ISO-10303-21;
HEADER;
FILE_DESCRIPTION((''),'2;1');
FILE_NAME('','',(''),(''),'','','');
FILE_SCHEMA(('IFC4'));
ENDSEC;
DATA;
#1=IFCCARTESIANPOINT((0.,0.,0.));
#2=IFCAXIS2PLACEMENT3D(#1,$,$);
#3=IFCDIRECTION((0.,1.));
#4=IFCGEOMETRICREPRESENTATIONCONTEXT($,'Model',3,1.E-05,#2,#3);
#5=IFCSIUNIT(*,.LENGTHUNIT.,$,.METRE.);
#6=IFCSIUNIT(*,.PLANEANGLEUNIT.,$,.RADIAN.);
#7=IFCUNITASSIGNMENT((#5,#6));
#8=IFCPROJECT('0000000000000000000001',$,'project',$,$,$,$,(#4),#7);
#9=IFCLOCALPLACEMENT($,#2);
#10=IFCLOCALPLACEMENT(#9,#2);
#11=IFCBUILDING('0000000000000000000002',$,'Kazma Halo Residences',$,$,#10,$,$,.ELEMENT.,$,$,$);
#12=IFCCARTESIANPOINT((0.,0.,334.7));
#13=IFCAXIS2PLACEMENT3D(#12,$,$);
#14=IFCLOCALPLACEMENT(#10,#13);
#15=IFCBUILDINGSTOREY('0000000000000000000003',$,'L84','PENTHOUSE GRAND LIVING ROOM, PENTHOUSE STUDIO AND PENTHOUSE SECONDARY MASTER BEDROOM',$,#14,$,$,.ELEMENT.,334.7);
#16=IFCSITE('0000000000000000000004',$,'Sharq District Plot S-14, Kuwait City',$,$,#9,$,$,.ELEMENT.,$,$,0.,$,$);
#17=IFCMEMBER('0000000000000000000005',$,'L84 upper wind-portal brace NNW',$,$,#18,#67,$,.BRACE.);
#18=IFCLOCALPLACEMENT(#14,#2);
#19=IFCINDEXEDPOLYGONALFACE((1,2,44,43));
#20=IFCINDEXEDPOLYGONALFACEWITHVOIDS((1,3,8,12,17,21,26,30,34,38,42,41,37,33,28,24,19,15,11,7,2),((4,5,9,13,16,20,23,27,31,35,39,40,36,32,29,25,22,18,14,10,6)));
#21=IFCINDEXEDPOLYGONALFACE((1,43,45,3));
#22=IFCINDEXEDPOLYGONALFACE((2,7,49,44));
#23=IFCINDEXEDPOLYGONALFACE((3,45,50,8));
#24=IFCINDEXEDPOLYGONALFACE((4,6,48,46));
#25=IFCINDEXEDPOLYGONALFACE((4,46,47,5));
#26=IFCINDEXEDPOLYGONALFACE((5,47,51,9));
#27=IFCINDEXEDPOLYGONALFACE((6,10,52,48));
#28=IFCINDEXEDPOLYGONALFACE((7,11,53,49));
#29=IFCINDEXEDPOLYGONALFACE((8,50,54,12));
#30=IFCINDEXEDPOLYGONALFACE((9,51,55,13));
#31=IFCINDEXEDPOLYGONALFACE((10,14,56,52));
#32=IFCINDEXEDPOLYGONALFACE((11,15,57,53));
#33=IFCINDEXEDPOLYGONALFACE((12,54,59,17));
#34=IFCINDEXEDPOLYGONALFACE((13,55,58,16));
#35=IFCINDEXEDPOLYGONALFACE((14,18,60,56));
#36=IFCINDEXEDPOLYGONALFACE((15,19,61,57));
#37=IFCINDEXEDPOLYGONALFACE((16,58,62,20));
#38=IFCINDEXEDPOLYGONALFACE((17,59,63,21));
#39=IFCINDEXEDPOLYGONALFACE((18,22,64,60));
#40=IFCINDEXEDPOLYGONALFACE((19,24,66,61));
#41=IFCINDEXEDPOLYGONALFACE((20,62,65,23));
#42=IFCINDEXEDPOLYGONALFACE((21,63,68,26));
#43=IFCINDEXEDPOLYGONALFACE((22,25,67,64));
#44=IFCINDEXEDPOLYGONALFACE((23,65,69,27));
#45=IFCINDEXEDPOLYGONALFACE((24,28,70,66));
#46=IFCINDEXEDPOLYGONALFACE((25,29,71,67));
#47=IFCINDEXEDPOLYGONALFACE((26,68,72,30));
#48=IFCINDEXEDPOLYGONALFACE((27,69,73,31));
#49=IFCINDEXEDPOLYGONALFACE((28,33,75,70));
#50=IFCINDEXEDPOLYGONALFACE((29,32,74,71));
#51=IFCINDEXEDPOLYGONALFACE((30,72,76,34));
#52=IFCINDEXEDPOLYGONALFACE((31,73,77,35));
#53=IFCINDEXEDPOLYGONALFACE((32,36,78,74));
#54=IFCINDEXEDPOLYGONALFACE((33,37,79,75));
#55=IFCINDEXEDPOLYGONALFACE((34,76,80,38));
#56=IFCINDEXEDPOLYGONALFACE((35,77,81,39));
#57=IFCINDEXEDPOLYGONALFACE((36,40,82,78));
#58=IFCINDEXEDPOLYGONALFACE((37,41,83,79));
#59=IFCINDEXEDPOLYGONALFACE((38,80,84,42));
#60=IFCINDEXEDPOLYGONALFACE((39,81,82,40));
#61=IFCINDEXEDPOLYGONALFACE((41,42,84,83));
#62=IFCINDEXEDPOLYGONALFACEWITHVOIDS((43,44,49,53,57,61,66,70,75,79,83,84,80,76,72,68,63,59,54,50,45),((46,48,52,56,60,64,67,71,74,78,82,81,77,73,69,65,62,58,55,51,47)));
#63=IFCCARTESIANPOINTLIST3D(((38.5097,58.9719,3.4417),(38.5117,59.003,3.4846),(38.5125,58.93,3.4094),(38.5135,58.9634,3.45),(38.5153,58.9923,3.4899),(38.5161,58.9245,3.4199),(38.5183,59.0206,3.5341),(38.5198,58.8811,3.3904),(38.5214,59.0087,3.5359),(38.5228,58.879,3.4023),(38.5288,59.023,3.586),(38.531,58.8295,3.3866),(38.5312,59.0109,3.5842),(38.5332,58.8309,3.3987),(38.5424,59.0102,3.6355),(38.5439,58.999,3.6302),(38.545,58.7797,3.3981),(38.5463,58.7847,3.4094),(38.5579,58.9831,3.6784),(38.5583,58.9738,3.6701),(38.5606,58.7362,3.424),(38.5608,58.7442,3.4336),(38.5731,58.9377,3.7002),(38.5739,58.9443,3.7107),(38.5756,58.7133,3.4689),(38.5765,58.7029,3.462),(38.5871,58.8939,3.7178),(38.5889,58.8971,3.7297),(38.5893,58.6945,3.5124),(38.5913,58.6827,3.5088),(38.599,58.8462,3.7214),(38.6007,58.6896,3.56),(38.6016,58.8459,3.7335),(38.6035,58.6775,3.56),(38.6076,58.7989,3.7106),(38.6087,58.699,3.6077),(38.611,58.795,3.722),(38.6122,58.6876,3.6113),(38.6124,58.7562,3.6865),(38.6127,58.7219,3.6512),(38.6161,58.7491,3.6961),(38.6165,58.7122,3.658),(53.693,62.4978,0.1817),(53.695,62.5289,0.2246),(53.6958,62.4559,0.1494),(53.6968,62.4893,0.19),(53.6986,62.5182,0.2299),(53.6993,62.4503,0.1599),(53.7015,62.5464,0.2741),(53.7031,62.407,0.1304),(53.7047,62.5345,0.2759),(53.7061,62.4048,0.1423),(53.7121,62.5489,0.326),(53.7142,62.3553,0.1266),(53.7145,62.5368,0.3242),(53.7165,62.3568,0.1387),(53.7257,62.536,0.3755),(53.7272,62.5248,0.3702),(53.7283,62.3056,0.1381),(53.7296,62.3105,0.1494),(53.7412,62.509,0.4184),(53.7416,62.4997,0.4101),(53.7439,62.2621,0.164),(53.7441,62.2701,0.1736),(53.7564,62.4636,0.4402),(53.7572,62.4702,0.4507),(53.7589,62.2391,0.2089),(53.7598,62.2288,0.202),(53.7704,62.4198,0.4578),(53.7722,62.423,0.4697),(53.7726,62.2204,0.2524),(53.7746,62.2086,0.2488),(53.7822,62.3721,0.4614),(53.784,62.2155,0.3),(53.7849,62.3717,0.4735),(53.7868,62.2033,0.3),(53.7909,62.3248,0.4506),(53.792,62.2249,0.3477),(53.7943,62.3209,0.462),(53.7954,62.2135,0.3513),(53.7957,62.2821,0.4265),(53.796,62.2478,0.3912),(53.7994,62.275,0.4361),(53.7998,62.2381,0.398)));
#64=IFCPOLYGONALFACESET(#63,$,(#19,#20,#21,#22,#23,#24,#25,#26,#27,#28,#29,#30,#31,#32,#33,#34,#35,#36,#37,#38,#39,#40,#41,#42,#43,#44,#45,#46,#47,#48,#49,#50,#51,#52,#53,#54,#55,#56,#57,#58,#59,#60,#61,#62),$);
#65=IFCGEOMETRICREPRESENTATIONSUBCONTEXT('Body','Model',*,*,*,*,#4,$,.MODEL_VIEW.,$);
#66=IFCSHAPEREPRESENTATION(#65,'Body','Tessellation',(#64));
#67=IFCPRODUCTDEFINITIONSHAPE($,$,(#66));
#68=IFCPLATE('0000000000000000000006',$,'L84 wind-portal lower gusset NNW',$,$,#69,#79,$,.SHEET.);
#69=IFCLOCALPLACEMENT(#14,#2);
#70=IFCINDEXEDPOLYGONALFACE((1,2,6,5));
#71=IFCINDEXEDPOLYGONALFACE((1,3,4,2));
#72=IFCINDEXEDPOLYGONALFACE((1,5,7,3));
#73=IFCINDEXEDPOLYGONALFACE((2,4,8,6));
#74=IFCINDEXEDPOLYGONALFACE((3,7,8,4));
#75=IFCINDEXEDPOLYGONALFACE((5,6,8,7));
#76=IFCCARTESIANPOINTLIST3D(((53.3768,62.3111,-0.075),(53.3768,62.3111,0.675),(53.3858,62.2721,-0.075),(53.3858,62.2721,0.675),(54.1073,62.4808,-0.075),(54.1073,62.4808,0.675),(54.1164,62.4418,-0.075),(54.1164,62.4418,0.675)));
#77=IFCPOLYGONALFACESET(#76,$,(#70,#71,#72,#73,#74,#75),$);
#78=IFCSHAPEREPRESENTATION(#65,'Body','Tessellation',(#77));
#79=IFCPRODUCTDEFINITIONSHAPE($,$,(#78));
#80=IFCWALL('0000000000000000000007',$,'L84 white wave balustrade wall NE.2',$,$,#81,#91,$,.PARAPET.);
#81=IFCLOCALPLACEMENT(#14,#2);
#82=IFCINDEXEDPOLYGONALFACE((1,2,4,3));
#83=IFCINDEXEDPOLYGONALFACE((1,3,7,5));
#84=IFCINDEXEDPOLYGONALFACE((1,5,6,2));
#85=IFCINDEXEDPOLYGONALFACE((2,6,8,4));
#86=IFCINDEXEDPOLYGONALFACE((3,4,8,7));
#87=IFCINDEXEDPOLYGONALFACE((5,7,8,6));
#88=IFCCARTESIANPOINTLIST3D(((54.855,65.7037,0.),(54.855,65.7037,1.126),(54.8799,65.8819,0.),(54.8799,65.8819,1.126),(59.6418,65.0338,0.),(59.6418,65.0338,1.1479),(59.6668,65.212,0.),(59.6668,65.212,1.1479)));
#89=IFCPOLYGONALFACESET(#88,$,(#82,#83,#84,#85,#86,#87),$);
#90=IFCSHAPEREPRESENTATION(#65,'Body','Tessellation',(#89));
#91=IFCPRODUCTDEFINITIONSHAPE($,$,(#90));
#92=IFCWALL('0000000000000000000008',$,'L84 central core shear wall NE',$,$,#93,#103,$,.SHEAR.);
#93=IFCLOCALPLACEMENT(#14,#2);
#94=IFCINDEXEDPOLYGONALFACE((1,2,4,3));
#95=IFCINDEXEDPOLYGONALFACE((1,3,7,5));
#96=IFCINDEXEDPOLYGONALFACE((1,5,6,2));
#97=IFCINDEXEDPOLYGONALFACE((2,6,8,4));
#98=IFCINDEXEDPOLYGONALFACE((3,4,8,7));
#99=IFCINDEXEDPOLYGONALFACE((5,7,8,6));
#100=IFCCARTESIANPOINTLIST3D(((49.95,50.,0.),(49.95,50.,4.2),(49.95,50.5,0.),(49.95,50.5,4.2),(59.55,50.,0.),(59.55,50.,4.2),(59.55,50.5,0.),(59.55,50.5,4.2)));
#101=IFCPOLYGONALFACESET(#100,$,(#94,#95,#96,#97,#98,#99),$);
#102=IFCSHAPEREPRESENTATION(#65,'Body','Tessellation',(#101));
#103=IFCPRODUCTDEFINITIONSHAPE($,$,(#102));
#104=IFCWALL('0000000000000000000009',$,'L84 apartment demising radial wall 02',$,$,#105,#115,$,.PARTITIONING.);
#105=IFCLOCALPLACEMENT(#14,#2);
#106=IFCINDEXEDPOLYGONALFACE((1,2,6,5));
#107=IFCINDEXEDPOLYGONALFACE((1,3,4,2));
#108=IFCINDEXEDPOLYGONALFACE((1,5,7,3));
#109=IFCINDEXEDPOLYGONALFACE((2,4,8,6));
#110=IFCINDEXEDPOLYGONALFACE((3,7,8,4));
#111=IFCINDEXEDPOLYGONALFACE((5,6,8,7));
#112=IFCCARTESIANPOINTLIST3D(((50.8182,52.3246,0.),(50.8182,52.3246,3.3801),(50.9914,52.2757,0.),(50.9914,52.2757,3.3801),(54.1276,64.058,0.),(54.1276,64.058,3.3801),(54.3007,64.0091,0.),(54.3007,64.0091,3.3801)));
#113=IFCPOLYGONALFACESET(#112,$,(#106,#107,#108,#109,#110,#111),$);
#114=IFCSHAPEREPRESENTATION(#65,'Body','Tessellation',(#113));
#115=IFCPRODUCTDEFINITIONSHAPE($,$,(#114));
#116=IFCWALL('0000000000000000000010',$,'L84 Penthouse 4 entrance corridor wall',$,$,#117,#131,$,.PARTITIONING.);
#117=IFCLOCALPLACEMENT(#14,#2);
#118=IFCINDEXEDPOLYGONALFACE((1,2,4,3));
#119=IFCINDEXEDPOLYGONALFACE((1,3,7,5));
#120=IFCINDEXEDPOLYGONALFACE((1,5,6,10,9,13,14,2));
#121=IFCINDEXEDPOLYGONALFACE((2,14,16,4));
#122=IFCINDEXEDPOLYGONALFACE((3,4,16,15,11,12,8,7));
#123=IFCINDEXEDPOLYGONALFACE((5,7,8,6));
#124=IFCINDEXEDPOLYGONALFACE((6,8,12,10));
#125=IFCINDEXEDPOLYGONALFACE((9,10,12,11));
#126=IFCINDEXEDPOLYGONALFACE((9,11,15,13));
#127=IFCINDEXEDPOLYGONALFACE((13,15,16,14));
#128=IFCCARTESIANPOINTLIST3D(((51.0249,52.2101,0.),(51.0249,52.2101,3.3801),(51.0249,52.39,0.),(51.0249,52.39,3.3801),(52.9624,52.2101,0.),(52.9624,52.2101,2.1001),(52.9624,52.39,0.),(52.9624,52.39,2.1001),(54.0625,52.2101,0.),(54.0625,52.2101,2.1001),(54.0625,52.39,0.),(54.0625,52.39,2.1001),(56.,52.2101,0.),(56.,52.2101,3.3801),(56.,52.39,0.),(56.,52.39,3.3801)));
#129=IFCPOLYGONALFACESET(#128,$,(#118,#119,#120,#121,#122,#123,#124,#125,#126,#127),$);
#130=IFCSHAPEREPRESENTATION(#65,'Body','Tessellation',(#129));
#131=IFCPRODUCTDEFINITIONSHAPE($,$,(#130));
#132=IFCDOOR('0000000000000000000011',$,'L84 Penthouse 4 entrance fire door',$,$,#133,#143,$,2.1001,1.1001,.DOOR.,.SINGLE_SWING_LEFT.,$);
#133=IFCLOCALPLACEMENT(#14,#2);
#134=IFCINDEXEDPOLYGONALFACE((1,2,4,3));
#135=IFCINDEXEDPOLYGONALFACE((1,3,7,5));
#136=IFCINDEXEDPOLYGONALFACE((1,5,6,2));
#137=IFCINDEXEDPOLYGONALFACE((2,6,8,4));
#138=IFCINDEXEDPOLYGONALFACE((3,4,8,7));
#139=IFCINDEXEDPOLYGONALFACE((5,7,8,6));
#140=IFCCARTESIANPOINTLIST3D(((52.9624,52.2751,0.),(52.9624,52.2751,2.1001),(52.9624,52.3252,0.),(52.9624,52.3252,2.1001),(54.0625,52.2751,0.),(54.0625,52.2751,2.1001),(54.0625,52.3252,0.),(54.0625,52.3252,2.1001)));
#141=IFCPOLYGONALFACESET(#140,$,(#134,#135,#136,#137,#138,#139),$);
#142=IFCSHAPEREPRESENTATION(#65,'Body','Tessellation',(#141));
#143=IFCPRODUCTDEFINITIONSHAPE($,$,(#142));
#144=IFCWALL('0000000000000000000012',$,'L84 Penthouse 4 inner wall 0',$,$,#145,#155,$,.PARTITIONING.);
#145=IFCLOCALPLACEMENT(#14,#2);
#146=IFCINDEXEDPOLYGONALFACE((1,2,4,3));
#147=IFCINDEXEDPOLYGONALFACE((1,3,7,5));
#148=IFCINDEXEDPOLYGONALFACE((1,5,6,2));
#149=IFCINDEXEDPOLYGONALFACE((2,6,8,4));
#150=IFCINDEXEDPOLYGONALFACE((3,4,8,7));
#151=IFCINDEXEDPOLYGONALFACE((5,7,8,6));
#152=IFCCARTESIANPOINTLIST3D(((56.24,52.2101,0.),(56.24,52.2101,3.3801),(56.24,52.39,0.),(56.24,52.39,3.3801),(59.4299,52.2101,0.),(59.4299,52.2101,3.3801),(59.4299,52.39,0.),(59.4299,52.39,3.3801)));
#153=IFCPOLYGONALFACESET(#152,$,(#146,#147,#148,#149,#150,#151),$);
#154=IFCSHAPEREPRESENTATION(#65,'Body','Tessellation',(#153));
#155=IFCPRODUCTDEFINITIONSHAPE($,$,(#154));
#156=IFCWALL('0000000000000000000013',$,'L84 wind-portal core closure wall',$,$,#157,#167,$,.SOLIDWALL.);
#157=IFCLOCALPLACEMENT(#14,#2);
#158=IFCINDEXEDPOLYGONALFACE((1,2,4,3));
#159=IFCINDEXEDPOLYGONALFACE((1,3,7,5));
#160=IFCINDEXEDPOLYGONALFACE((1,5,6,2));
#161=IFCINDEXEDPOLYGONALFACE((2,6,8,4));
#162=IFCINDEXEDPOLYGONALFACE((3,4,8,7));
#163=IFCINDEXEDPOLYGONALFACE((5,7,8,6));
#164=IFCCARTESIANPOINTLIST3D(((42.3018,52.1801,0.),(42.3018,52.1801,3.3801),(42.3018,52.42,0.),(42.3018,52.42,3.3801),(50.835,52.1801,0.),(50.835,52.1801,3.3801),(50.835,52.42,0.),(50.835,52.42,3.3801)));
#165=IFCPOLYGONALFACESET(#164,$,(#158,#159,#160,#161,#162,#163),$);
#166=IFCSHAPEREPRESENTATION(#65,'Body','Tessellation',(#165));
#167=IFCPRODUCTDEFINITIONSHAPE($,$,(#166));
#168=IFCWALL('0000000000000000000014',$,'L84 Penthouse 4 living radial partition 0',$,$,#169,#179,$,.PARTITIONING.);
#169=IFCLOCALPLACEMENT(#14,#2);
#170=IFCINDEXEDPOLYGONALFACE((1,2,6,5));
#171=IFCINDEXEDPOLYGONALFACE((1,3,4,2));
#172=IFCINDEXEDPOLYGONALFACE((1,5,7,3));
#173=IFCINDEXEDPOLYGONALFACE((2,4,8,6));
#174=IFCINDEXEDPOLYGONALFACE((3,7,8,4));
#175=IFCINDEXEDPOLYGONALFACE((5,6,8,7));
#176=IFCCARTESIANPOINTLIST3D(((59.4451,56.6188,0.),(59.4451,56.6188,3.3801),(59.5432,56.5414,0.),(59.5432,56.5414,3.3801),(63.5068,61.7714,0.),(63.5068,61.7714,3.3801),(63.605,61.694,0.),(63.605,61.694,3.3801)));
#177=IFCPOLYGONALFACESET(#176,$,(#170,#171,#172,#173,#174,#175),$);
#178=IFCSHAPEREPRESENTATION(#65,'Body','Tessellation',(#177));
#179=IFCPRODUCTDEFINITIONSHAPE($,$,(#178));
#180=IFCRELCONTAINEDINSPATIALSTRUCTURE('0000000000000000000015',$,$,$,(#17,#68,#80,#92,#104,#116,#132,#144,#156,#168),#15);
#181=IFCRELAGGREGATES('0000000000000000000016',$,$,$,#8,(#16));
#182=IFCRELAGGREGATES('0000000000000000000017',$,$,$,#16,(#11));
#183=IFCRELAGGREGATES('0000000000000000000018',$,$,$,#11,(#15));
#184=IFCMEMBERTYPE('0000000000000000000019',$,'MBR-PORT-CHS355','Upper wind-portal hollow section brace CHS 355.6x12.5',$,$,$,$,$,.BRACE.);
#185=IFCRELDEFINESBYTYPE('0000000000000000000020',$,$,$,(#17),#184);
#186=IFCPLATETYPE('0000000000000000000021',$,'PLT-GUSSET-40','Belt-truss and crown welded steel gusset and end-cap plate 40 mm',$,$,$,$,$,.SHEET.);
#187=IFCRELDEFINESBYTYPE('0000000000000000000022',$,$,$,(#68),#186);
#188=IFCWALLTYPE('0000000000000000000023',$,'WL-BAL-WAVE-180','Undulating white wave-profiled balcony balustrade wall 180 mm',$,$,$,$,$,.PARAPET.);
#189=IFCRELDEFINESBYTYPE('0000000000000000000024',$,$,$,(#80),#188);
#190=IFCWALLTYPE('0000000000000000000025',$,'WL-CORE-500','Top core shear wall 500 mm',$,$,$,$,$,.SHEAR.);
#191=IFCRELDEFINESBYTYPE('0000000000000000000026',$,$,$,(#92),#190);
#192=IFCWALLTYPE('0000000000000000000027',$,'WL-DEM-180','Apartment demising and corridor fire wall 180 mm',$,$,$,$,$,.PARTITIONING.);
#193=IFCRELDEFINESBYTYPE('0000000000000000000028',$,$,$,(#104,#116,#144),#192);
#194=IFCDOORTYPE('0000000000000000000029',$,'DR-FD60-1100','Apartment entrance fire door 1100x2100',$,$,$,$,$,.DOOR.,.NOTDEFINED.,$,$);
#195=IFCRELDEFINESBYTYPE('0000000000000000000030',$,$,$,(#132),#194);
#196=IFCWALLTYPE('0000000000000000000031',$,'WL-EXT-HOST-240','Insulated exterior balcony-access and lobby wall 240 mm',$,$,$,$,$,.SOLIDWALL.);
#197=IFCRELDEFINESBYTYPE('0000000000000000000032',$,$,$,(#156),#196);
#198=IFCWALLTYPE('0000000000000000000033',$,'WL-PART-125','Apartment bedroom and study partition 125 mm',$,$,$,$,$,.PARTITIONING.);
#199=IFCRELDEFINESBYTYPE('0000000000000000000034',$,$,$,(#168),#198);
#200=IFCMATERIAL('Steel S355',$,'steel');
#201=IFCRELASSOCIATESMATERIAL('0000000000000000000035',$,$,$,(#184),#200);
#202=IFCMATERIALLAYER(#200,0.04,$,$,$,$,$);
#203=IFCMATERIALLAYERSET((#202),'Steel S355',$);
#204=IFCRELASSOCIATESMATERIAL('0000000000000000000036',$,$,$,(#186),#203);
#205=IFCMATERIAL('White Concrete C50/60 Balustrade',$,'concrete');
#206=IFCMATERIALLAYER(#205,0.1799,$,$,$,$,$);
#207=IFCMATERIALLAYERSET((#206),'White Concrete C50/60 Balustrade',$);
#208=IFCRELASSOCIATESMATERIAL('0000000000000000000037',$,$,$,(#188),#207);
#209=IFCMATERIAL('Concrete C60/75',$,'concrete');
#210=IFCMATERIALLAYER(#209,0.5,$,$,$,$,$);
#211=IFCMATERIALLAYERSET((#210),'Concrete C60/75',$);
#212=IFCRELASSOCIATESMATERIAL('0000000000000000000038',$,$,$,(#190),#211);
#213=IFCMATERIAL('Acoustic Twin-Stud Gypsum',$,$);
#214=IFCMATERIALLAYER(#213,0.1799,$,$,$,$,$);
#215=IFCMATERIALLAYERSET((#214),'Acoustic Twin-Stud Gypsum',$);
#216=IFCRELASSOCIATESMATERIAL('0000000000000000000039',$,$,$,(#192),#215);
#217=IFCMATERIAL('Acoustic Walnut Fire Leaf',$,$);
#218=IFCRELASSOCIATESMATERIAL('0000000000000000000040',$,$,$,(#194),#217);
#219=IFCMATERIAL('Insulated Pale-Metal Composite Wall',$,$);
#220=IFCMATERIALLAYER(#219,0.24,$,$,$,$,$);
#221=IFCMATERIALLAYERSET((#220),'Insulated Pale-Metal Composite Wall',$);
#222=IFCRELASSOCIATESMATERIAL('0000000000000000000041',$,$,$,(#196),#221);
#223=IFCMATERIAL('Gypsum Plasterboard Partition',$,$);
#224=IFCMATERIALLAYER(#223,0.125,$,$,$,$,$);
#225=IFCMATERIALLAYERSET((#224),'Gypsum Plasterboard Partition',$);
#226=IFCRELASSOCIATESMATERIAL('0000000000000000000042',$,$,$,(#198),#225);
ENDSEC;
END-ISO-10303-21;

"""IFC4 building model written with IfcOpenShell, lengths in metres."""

from ifc_helpers import new_model, si_unit, direction, frame, frame_2d, origin, origin_2d, place, context, subcontext, project, spatial, polyline, rectangle, hollow_circle, outline, extrude, material, layer, layer_set, material_profile, profile_set, type_object, element, fill, save


model = new_model("IFC4")

# Units and contexts
model_context = context("Model", 3, precision=1e-05, world=origin(), true_north=direction((0.0, 1.0)))
body_context = subcontext(model_context, "Body", "Model", "MODEL_VIEW")
ifc_project = project(units=[si_unit("LENGTHUNIT", "METRE"), si_unit("PLANEANGLEUNIT", "RADIAN")], contexts=[model_context])

# Site, building, storey
site_placement = place(None, origin())
site = spatial("IfcSite", under=ifc_project, at=site_placement, Name="Sharq District Plot S-14, Kuwait City", CompositionType="ELEMENT", RefElevation=0.0)
building_placement = place(site_placement, origin())
building = spatial("IfcBuilding", under=site, at=building_placement, Name="Kazma Halo Residences", CompositionType="ELEMENT")
storey_placement = place(building_placement, frame((0.0, 0.0, 334.7)))
storey = spatial("IfcBuildingStorey", under=building, at=storey_placement, Name="L84", Description="PENTHOUSE GRAND LIVING ROOM, PENTHOUSE STUDIO AND PENTHOUSE SECONDARY MASTER BEDROOM", CompositionType="ELEMENT", Elevation=334.7)

# Shared definitions
ifc_material_1 = material(Name="Concrete C60/75", Category="concrete")

# Shared definitions
ifc_material_2 = material(Name="Steel S355", Category="steel")

# Member
ifc_material_profile_1 = material_profile(ifc_material_2, hollow_circle(Radius=0.1777, WallThickness=0.0125, at=origin_2d()), Name="CHS355.6x12.5")
ifc_profile_set_1 = profile_set([ifc_material_profile_1], Name="Steel S355")
member_type = type_object("IfcMemberType", Name="MBR-PORT-CHS355", Description="Upper wind-portal hollow section brace CHS 355.6x12.5", PredefinedType="BRACE", material=ifc_profile_set_1)
member_placement = place(storey_placement, frame((53.7466, 62.3765, 0.3), z_axis=(-0.953451, -0.221411, 0.204715), x_axis=(0.226201, -0.974081, 0.0)))
element("IfcMember", 1, at=member_placement, inside=storey, type_object=member_type, Name="L84 upper wind-portal brace NNW", PredefinedType="BRACE", context=body_context, shape_type="SweptSolid", body=[
    extrude(hollow_circle(Radius=0.1777, WallThickness=0.0125, at=origin_2d()), origin(), (0.0, 0.0, 1.0), 15.9246),
])

# Plate
ifc_layer_1 = layer(ifc_material_2, 0.04)
ifc_layer_set_1 = layer_set([ifc_layer_1], Name="Steel S355")
plate_type = type_object("IfcPlateType", Name="PLT-GUSSET-40", Description="Belt-truss and crown welded steel gusset and end-cap plate 40 mm", PredefinedType="SHEET", material=ifc_layer_set_1)
plate_placement = place(storey_placement, frame((53.7466, 62.3765, -0.075), z_axis=(0.0, 0.0, 1.0), x_axis=(-0.974084, -0.226188, 0.0)))
element("IfcPlate", 2, at=plate_placement, inside=storey, type_object=plate_type, Name="L84 wind-portal lower gusset NNW", PredefinedType="SHEET", context=body_context, shape_type="SweptSolid", body=[
    extrude(rectangle(XDim=0.75, YDim=0.04, at=origin_2d()), origin(), (0.0, 0.0, 1.0), 0.75),
])

# Walls
ifc_material_3 = material(Name="White Concrete C50/60 Balustrade", Category="concrete")
ifc_layer_2 = layer(ifc_material_3, 0.1799)
ifc_layer_set_2 = layer_set([ifc_layer_2], Name="White Concrete C50/60 Balustrade")
wall_type_1 = type_object("IfcWallType", Name="WL-BAL-WAVE-180", Description="Undulating white wave-profiled balcony balustrade wall 180 mm", PredefinedType="PARAPET", material=ifc_layer_set_2)
wall_1_placement = place(storey_placement, frame((59.6543, 65.1228, 0.0), z_axis=(0.0, 0.0, 1.0), x_axis=(-0.990349, 0.138599, 0.0)))
element("IfcWall", 3, at=wall_1_placement, inside=storey, type_object=wall_type_1, Name="L84 white wave balustrade wall NE.2", PredefinedType="PARAPET", context=body_context, shape_type="SweptSolid", body=[
    extrude(outline(polyline([(0.0, 0.0), (4.8335, 0.0), (4.8335, 1.126), (0.0, 1.1479), (0.0, 0.0)])), frame((0.0, 0.0898, 0.0), z_axis=(0.0, -1.0, 0.0), x_axis=(1.0, 0.0, 0.0)), (0.0, 0.0, 1.0), 0.1799),
])
ifc_layer_3 = layer(ifc_material_1, 0.5)
ifc_layer_set_3 = layer_set([ifc_layer_3], Name="Concrete C60/75")
wall_type_2 = type_object("IfcWallType", Name="WL-CORE-500", Description="Top core shear wall 500 mm", PredefinedType="SHEAR", material=ifc_layer_set_3)
wall_2_placement = place(storey_placement, frame((49.95, 50.25, 0.0), z_axis=(0.0, 0.0, 1.0), x_axis=(1.0, 0.0, 0.0)))
element("IfcWall", 4, at=wall_2_placement, inside=storey, type_object=wall_type_2, Name="L84 central core shear wall NE", PredefinedType="SHEAR", context=body_context, shape_type="SweptSolid", body=[
    extrude(rectangle(XDim=9.6001, YDim=0.5, at=frame_2d((4.8, 0.0))), origin(), (0.0, 0.0, 1.0), 4.2),
])
ifc_material_4 = material(Name="Acoustic Twin-Stud Gypsum")
ifc_layer_4 = layer(ifc_material_4, 0.1799)
ifc_layer_set_4 = layer_set([ifc_layer_4], Name="Acoustic Twin-Stud Gypsum")
wall_type_3 = type_object("IfcWallType", Name="WL-DEM-180", Description="Apartment demising and corridor fire wall 180 mm", PredefinedType="PARTITIONING", material=ifc_layer_set_4)
wall_3_placement = place(storey_placement, frame((50.9048, 52.3, 0.0), z_axis=(0.0, 0.0, 1.0), x_axis=(0.271453, 0.962452, 0.0)))
element("IfcWall", 5, at=wall_3_placement, inside=storey, type_object=wall_type_3, Name="L84 apartment demising radial wall 02", PredefinedType="PARTITIONING", context=body_context, shape_type="SweptSolid", body=[
    extrude(rectangle(XDim=12.1912, YDim=0.1799, at=frame_2d((6.0957, 0.0))), origin(), (0.0, 0.0, 1.0), 3.3801),
])

# Wall, opening, door
wall_4_placement = place(storey_placement, frame((56.0, 52.3, 0.0), z_axis=(0.0, 0.0, 1.0), x_axis=(-1.0, 0.0, 0.0)))
wall_4 = element("IfcWall", 6, at=wall_4_placement, inside=storey, type_object=wall_type_3, Name="L84 Penthouse 4 entrance corridor wall", PredefinedType="PARTITIONING", context=body_context, shape_type="SweptSolid", body=[
    extrude(rectangle(XDim=4.9751, YDim=0.1799, at=frame_2d((2.4875, 0.0))), origin(), (0.0, 0.0, 1.0), 3.3801),
])
opening_1_placement = place(wall_4_placement, frame((1.9375, 0.0, 0.0)))
opening_1 = element("IfcOpeningElement", 7, at=opening_1_placement, cuts=wall_4, PredefinedType="OPENING", context=body_context, shape_type="SweptSolid", body=[
    extrude(rectangle(XDim=1.1001, YDim=2.1001, at=frame_2d((0.55, 1.05))), frame((0.0, 0.0999, 0.0), z_axis=(0.0, -1.0, 0.0), x_axis=(1.0, 0.0, 0.0)), (0.0, 0.0, 1.0), 0.2),
])
ifc_material_5 = material(Name="Acoustic Walnut Fire Leaf")
door_type_1 = type_object("IfcDoorType", Name="DR-FD60-1100", Description="Apartment entrance fire door 1100x2100", OperationType="NOTDEFINED", PredefinedType="DOOR", material=ifc_material_5)
door_1_placement = place(opening_1_placement, origin())
door_1 = element("IfcDoor", 8, at=door_1_placement, inside=storey, type_object=door_type_1, Name="L84 Penthouse 4 entrance fire door", OperationType="SINGLE_SWING_LEFT", OverallHeight=2.1001, OverallWidth=1.1001, PredefinedType="DOOR", context=body_context, shape_type="SweptSolid", body=[
    extrude(rectangle(XDim=1.1001, YDim=2.1001, at=frame_2d((0.55, 1.05))), frame((0.0, 0.0249, 0.0), z_axis=(0.0, -1.0, 0.0), x_axis=(1.0, 0.0, 0.0)), (0.0, 0.0, 1.0), 0.05),
])
fill(opening_1, door_1)

# Walls
wall_5_placement = place(storey_placement, frame((59.4299, 52.3, 0.0), z_axis=(0.0, 0.0, 1.0), x_axis=(-1.0, 0.0, 0.0)))
element("IfcWall", 9, at=wall_5_placement, inside=storey, type_object=wall_type_3, Name="L84 Penthouse 4 inner wall 0", PredefinedType="PARTITIONING", context=body_context, shape_type="SweptSolid", body=[
    extrude(rectangle(XDim=3.1899, YDim=0.1799, at=frame_2d((1.595, 0.0))), origin(), (0.0, 0.0, 1.0), 3.3801),
])
ifc_material_6 = material(Name="Insulated Pale-Metal Composite Wall")
ifc_layer_5 = layer(ifc_material_6, 0.24)
ifc_layer_set_5 = layer_set([ifc_layer_5], Name="Insulated Pale-Metal Composite Wall")
wall_type_4 = type_object("IfcWallType", Name="WL-EXT-HOST-240", Description="Insulated exterior balcony-access and lobby wall 240 mm", PredefinedType="SOLIDWALL", material=ifc_layer_set_5)
wall_6_placement = place(storey_placement, frame((50.835, 52.3, 0.0), z_axis=(0.0, 0.0, 1.0), x_axis=(-1.0, 0.0, 0.0)))
element("IfcWall", 10, at=wall_6_placement, inside=storey, type_object=wall_type_4, Name="L84 wind-portal core closure wall", PredefinedType="SOLIDWALL", context=body_context, shape_type="SweptSolid", body=[
    extrude(rectangle(XDim=8.5332, YDim=0.24, at=frame_2d((4.2666, 0.0))), origin(), (0.0, 0.0, 1.0), 3.3801),
])
ifc_material_7 = material(Name="Gypsum Plasterboard Partition")
ifc_layer_6 = layer(ifc_material_7, 0.125)
ifc_layer_set_6 = layer_set([ifc_layer_6], Name="Gypsum Plasterboard Partition")
wall_type_5 = type_object("IfcWallType", Name="WL-PART-125", Description="Apartment bedroom and study partition 125 mm", PredefinedType="PARTITIONING", material=ifc_layer_set_6)
wall_7_placement = place(storey_placement, frame((59.4941, 56.5801, 0.0), z_axis=(0.0, 0.0, 1.0), x_axis=(0.619075, 0.785332, 0.0)))
element("IfcWall", 11, at=wall_7_placement, inside=storey, type_object=wall_type_5, Name="L84 Penthouse 4 living radial partition 0", PredefinedType="PARTITIONING", context=body_context, shape_type="SweptSolid", body=[
    extrude(rectangle(XDim=6.561, YDim=0.125, at=frame_2d((3.2805, 0.0))), origin(), (0.0, 0.0, 1.0), 3.3801),
])

save(model, "model.ifc")
